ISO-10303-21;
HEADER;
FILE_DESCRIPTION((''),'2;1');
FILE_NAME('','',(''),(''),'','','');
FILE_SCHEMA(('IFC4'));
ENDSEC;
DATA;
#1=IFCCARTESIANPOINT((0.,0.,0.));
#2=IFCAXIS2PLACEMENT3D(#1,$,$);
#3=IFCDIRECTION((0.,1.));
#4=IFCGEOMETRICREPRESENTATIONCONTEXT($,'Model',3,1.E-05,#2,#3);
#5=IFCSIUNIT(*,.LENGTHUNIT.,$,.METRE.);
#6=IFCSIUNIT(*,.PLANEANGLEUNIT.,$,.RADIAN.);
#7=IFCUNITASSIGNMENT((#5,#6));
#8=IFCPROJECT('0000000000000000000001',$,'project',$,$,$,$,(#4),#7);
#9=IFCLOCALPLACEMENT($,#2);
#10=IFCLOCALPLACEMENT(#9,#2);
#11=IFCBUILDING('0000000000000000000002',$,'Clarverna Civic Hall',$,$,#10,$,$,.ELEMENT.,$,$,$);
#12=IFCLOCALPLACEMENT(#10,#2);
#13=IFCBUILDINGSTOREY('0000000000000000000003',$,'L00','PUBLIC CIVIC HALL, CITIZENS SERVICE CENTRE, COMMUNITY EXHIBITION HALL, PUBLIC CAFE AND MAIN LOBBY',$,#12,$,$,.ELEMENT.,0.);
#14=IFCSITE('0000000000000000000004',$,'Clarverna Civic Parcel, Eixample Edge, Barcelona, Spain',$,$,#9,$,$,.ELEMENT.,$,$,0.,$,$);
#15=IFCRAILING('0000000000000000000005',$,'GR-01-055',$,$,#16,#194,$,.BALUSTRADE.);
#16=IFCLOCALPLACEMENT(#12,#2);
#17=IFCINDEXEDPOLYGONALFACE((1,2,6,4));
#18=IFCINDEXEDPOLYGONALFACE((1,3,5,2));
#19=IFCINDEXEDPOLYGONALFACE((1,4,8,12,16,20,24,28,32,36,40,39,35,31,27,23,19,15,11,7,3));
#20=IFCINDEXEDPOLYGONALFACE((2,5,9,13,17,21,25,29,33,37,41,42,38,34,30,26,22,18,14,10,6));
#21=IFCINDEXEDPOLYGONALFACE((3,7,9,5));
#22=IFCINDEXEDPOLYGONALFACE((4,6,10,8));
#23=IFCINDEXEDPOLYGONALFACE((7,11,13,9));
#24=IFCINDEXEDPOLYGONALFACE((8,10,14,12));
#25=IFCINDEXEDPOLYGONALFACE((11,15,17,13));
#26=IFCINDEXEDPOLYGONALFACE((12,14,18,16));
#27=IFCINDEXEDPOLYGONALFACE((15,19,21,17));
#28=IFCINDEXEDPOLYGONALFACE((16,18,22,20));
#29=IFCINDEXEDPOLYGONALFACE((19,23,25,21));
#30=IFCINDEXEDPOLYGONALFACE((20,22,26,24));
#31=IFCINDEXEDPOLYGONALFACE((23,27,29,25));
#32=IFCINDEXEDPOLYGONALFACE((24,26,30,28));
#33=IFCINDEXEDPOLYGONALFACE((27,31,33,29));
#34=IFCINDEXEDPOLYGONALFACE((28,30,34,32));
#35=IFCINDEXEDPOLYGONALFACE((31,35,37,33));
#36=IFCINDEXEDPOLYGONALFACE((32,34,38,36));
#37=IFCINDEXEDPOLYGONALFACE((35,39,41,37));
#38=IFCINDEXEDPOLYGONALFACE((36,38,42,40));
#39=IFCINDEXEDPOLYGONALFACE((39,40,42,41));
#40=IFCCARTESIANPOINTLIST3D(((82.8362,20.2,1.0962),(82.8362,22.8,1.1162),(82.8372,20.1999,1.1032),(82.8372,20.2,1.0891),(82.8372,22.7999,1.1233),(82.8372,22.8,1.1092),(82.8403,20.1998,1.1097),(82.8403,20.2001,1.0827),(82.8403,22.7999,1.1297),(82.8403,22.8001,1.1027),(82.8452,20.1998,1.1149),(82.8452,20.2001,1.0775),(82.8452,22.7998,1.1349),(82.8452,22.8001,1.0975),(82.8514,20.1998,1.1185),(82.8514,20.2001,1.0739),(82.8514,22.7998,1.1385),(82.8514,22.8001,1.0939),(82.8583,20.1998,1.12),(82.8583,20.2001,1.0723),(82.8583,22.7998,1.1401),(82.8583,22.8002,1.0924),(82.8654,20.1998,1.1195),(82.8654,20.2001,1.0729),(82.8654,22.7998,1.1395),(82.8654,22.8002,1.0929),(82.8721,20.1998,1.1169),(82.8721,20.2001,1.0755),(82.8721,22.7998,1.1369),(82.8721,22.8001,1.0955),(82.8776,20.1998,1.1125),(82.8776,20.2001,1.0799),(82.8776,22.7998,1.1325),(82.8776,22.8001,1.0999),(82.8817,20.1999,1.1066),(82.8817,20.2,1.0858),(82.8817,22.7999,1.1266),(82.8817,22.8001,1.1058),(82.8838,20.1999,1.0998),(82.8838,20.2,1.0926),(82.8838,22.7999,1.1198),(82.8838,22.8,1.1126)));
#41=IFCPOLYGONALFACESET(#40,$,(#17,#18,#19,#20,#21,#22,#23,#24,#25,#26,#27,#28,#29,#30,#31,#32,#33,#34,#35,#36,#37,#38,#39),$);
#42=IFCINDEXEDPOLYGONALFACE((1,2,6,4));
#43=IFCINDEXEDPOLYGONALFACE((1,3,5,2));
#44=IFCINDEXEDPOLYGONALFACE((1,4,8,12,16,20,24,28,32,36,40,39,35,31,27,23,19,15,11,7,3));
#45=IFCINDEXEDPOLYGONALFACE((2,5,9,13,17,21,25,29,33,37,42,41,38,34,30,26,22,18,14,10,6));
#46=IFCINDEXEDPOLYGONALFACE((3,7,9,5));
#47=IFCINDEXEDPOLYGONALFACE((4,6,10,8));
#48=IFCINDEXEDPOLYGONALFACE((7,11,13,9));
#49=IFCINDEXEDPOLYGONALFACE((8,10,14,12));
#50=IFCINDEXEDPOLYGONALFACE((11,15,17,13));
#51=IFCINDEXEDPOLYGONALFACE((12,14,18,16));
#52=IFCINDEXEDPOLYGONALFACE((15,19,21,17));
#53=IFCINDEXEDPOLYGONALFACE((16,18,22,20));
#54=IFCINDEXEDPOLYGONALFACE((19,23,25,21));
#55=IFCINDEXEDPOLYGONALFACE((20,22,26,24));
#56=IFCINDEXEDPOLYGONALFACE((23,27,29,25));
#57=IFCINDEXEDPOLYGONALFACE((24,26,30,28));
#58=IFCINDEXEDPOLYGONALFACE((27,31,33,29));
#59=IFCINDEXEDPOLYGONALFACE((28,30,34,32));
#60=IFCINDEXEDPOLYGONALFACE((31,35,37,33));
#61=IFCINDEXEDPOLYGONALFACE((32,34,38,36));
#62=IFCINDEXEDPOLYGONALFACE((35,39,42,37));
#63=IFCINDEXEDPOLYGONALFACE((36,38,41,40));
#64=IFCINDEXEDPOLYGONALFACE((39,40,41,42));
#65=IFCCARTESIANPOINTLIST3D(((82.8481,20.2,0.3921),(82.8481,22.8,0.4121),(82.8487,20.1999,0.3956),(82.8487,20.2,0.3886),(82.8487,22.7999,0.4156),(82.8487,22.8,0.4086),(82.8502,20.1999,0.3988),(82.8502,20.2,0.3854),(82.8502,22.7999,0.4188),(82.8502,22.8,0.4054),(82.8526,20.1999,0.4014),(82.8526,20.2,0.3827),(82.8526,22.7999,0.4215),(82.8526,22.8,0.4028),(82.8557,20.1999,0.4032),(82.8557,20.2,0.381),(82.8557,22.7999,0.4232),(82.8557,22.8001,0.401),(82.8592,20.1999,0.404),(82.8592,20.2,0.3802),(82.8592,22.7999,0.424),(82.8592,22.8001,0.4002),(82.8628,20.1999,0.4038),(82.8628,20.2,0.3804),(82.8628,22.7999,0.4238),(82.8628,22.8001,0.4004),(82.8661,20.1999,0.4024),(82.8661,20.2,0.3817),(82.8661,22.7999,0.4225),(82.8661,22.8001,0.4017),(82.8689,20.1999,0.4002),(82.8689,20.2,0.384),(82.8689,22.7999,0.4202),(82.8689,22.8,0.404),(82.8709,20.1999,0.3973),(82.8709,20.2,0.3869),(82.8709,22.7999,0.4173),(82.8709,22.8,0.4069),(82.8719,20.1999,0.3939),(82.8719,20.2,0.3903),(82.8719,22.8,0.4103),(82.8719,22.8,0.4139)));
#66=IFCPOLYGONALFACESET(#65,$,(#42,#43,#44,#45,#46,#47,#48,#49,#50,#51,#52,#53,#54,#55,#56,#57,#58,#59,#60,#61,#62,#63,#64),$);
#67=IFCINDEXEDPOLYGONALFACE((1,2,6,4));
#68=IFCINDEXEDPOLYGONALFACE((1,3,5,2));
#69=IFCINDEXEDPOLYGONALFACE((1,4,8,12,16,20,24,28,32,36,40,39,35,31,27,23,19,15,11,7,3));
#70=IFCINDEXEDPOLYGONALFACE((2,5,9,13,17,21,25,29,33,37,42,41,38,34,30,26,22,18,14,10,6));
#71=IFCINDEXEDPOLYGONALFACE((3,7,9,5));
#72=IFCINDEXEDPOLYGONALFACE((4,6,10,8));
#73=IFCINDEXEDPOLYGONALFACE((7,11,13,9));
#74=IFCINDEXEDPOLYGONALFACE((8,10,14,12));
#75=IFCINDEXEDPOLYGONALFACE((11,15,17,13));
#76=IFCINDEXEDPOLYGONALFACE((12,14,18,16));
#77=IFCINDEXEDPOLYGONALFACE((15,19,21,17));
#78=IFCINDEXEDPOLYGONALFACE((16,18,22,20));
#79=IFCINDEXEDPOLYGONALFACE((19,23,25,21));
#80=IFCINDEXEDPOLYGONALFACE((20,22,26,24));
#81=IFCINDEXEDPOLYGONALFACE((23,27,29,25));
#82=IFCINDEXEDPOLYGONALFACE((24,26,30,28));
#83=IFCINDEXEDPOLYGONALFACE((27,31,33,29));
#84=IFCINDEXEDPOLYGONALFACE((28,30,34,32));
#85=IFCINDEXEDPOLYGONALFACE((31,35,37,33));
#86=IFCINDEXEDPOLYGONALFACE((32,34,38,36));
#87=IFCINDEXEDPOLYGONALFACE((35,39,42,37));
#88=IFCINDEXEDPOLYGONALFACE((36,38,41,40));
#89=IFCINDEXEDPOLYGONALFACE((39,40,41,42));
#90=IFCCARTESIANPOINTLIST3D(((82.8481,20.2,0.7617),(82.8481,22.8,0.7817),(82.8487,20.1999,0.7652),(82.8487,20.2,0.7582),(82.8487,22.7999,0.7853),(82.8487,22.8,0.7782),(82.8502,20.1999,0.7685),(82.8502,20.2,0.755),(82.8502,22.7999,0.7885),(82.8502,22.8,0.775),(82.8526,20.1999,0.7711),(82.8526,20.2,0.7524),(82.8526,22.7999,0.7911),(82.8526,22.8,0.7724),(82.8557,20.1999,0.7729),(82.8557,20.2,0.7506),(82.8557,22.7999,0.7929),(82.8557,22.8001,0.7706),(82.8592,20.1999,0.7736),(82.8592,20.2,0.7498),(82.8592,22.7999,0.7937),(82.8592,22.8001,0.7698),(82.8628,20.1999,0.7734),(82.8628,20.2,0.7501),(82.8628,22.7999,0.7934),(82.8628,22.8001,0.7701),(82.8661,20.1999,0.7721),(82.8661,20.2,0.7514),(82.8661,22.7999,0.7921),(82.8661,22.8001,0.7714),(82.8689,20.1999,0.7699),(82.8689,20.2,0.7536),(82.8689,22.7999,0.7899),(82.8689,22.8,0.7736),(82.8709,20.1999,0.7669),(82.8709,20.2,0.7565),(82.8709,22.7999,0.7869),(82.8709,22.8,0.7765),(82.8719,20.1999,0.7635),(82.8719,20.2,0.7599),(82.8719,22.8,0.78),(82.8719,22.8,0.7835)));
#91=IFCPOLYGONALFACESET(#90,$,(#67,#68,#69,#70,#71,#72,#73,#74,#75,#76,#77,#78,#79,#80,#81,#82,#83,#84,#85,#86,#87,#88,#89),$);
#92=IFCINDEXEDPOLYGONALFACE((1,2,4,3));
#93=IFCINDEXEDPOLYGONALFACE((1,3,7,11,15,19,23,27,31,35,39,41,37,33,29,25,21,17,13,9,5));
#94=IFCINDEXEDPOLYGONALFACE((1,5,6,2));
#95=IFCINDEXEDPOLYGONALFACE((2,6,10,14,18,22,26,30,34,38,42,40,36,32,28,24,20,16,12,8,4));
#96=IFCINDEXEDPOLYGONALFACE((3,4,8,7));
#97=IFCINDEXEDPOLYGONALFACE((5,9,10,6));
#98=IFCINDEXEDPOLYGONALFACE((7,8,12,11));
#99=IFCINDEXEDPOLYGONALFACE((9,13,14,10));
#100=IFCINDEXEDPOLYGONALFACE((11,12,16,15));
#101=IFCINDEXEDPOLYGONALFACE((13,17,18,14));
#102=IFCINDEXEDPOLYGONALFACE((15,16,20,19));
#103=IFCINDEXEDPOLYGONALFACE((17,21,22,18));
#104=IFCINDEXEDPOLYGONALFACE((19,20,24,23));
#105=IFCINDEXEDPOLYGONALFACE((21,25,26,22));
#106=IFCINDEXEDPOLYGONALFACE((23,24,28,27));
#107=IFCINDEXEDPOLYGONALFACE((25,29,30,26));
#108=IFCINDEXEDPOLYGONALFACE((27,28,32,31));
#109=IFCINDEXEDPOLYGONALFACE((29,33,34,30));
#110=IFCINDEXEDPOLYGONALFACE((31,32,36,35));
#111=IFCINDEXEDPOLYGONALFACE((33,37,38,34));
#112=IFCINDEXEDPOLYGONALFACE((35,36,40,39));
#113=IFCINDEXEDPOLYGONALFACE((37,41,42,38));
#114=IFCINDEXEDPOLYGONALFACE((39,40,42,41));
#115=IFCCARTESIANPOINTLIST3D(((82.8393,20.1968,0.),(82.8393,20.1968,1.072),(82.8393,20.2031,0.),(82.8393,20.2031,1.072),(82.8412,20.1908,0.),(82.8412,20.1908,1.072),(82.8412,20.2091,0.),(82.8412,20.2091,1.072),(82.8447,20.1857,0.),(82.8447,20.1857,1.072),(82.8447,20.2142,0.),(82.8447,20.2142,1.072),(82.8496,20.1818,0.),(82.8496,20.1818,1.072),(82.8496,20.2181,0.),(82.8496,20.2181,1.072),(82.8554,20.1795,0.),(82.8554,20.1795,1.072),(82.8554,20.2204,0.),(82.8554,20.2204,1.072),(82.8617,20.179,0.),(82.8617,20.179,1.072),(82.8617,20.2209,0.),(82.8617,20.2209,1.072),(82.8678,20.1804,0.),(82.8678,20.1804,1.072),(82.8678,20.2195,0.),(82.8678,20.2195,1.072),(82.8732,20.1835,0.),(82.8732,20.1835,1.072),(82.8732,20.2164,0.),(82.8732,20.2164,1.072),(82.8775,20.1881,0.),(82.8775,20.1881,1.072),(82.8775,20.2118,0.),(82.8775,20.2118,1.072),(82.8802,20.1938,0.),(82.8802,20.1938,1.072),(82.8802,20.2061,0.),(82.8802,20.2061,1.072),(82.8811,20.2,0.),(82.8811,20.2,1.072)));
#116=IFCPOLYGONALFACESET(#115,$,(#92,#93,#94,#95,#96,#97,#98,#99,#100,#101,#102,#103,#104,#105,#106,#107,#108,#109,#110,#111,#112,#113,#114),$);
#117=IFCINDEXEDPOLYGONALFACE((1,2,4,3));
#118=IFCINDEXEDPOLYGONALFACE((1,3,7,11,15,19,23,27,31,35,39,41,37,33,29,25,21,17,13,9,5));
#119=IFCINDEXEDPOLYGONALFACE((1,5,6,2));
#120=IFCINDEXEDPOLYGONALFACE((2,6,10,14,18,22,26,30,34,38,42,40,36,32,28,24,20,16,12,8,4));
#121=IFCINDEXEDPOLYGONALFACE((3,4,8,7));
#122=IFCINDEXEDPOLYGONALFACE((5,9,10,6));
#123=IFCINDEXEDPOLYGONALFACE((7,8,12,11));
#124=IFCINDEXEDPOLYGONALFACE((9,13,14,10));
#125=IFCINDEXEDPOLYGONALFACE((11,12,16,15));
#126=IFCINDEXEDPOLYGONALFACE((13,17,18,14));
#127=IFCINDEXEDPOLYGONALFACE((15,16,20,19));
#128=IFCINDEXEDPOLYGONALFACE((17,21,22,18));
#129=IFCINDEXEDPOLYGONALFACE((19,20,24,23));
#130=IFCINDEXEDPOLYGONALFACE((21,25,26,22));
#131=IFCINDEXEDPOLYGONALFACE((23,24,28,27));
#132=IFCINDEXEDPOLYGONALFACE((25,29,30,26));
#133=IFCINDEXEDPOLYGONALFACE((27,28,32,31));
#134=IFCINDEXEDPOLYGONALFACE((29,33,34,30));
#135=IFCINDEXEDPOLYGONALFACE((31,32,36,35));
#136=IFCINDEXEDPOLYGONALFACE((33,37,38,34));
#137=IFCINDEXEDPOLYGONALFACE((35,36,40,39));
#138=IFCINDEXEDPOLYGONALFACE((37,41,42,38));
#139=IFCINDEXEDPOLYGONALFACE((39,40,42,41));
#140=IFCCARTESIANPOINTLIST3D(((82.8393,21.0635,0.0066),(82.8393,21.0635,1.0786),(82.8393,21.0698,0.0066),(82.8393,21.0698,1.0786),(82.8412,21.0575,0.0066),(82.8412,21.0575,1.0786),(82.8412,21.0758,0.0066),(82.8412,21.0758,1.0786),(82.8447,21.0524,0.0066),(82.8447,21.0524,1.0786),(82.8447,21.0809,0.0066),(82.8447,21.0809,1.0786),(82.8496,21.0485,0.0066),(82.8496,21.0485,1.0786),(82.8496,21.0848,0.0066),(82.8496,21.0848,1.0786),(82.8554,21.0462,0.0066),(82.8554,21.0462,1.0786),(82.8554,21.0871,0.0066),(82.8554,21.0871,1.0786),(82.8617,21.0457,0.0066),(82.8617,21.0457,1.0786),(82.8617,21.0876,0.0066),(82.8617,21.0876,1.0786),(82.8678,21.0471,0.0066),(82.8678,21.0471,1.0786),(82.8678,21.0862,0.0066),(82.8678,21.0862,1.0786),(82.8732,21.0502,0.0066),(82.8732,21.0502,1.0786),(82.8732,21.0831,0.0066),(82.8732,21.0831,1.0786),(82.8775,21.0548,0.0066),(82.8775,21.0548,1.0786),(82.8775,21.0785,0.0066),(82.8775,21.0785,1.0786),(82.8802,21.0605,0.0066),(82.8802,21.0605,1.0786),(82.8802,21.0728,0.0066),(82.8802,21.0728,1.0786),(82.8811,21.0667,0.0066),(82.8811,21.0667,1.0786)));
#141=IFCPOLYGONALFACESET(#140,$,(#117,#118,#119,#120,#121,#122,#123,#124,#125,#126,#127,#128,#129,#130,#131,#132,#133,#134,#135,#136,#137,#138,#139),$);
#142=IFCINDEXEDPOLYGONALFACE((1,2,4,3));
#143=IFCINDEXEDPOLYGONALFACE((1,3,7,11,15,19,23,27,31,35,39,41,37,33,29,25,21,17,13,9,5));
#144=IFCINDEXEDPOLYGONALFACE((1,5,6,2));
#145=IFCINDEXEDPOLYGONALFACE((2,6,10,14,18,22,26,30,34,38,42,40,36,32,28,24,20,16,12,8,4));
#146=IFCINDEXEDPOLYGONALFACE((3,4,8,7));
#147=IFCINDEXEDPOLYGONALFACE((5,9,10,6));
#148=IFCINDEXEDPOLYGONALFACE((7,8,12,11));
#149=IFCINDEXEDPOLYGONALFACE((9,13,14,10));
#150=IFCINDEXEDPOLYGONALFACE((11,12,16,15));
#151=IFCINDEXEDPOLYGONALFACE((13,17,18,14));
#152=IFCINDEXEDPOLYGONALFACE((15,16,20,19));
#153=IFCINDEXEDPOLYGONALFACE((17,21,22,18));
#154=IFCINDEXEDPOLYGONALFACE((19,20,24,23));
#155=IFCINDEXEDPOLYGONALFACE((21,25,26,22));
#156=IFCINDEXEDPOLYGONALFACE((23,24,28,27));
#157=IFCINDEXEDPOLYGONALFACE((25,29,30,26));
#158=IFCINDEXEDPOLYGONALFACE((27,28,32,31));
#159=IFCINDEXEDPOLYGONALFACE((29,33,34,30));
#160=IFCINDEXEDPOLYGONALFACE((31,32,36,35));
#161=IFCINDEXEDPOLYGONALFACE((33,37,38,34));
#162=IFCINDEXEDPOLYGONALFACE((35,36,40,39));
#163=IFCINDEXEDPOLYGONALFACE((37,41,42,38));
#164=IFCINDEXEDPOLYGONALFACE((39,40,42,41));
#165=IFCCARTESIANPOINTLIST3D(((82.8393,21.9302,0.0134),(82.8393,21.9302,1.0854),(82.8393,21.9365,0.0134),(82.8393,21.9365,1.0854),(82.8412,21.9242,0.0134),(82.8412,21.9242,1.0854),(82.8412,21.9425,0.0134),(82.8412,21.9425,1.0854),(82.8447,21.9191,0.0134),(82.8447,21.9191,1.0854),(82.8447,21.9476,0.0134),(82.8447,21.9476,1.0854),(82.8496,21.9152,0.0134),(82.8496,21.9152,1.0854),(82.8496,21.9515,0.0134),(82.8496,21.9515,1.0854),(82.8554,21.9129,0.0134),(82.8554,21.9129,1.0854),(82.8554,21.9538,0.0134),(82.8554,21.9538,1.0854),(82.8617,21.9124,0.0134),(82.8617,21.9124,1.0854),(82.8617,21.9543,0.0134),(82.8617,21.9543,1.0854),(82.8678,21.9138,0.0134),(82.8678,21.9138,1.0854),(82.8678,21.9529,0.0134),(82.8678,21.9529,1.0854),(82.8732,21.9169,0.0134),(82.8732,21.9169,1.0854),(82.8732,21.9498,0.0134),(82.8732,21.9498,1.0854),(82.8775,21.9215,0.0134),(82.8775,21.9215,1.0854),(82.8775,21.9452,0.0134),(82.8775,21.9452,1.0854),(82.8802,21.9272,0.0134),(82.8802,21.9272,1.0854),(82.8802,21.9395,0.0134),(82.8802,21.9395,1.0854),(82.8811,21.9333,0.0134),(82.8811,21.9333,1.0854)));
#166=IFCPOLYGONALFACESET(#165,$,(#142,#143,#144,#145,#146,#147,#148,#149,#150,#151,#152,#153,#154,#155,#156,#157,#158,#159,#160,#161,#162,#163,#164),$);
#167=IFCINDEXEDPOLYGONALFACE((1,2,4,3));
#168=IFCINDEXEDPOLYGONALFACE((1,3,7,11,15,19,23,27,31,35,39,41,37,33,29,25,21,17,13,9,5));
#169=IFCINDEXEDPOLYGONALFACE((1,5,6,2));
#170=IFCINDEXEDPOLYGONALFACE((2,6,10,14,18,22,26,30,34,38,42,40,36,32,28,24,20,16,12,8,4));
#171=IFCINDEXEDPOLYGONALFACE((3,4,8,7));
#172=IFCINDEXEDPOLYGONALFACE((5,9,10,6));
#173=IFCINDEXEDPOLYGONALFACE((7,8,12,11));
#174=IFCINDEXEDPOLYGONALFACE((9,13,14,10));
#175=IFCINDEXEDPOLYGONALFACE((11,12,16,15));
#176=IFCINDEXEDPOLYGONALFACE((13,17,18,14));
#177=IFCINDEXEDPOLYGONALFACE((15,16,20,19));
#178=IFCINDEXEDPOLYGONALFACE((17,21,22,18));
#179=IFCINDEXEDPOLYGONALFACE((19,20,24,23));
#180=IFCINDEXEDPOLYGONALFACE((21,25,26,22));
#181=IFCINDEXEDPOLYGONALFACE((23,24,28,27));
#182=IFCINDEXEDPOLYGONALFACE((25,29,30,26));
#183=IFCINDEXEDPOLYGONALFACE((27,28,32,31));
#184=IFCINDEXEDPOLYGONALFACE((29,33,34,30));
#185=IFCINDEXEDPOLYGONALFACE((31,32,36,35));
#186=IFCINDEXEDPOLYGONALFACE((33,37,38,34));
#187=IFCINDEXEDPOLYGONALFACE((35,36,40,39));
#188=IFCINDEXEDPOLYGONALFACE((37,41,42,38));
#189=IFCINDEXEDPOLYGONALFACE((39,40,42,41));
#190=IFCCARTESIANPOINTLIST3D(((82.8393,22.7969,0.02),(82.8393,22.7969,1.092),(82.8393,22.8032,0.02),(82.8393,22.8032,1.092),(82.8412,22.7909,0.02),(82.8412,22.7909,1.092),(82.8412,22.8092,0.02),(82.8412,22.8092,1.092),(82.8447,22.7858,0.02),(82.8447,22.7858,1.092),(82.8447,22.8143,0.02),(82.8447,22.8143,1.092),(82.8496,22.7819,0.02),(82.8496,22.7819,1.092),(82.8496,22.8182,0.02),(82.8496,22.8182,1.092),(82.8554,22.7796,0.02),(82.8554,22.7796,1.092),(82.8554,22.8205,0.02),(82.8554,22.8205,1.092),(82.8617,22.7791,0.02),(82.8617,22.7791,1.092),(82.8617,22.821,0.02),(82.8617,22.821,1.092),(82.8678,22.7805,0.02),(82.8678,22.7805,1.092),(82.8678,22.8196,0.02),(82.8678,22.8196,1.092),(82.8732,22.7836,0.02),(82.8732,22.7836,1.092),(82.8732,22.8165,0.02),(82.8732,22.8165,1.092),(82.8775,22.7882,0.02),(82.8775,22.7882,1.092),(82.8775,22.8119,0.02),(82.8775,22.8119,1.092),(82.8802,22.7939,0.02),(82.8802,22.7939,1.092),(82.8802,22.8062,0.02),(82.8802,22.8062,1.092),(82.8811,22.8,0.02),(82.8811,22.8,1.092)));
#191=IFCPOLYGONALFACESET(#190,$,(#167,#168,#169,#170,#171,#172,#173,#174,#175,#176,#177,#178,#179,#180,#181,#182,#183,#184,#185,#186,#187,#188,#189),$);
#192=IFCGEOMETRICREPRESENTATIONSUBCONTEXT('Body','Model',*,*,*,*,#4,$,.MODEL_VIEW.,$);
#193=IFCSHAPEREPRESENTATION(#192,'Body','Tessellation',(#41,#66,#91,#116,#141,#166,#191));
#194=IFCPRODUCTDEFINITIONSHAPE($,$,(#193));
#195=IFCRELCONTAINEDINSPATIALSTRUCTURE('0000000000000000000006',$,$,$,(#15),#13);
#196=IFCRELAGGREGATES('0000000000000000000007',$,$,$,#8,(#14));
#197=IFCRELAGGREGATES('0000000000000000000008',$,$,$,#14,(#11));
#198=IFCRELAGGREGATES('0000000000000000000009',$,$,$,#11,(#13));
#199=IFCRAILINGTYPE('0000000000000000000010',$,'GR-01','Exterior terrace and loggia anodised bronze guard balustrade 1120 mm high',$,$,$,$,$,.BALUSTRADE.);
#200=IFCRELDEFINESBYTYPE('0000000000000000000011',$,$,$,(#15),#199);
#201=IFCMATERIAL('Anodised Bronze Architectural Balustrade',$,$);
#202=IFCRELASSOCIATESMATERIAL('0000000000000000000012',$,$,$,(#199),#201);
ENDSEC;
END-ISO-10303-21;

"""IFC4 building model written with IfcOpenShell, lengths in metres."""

from ifc_helpers import new_model, si_unit, direction, frame, origin, origin_2d, place, context, subcontext, project, spatial, circle, extrude, material, type_object, element, save


model = new_model("IFC4")

# Units and contexts
model_context = context("Model", 3, precision=1e-05, world=origin(), true_north=direction((0.0, 1.0)))
body_context = subcontext(model_context, "Body", "Model", "MODEL_VIEW")
ifc_project = project(units=[si_unit("LENGTHUNIT", "METRE"), si_unit("PLANEANGLEUNIT", "RADIAN")], contexts=[model_context])

# Site, building, storey
site_placement = place(None, origin())
site = spatial("IfcSite", under=ifc_project, at=site_placement, Name="Clarverna Civic Parcel, Eixample Edge, Barcelona, Spain", CompositionType="ELEMENT", RefElevation=0.0)
building_placement = place(site_placement, origin())
building = spatial("IfcBuilding", under=site, at=building_placement, Name="Clarverna Civic Hall", CompositionType="ELEMENT")
storey_placement = place(building_placement, origin())
storey = spatial("IfcBuildingStorey", under=building, at=storey_placement, Name="L00", Description="PUBLIC CIVIC HALL, CITIZENS SERVICE CENTRE, COMMUNITY EXHIBITION HALL, PUBLIC CAFE AND MAIN LOBBY", CompositionType="ELEMENT", Elevation=0.0)

# Railing
ifc_material_1 = material(Name="Anodised Bronze Architectural Balustrade")
railing_type = type_object("IfcRailingType", Name="GR-01", Description="Exterior terrace and loggia anodised bronze guard balustrade 1120 mm high", PredefinedType="BALUSTRADE", material=ifc_material_1)
for number, where, name in (
    (1, (82.8601, 20.2, 0.0), "GR-01-055"),
):
    element("IfcRailing", number, at=place(storey_placement, frame(where)), inside=storey, type_object=railing_type, Name=name, PredefinedType="BALUSTRADE", context=body_context, shape_type="SweptSolid", body=[
        extrude(circle(Radius=0.0239, at=origin_2d()), frame((0.0, 0.0, 1.0962), z_axis=(0.0, 0.99997, 0.007699), x_axis=(-1.0, 0.0, 0.0)), (0.0, 0.0, 1.0), 2.6001),
        extrude(circle(Radius=0.012, at=origin_2d()), frame((0.0, 0.0, 0.3921), z_axis=(0.0, 0.99997, 0.007699), x_axis=(-1.0, 0.0, 0.0)), (0.0, 0.0, 1.0), 2.6001),
        extrude(circle(Radius=0.012, at=origin_2d()), frame((0.0, 0.0, 0.7617), z_axis=(0.0, 0.99997, 0.007699), x_axis=(-1.0, 0.0, 0.0)), (0.0, 0.0, 1.0), 2.6001),
        extrude(circle(Radius=0.021, at=origin_2d()), origin(), (0.0, 0.0, 1.0), 1.072),
        extrude(circle(Radius=0.021, at=origin_2d()), frame((0.0, 0.8667, 0.0066)), (0.0, 0.0, 1.0), 1.072),
        extrude(circle(Radius=0.021, at=origin_2d()), frame((0.0, 1.7334, 0.0134)), (0.0, 0.0, 1.0), 1.072),
        extrude(circle(Radius=0.021, at=origin_2d()), frame((0.0, 2.6001, 0.02)), (0.0, 0.0, 1.0), 1.072),
    ])

save(model, "model.ifc")
